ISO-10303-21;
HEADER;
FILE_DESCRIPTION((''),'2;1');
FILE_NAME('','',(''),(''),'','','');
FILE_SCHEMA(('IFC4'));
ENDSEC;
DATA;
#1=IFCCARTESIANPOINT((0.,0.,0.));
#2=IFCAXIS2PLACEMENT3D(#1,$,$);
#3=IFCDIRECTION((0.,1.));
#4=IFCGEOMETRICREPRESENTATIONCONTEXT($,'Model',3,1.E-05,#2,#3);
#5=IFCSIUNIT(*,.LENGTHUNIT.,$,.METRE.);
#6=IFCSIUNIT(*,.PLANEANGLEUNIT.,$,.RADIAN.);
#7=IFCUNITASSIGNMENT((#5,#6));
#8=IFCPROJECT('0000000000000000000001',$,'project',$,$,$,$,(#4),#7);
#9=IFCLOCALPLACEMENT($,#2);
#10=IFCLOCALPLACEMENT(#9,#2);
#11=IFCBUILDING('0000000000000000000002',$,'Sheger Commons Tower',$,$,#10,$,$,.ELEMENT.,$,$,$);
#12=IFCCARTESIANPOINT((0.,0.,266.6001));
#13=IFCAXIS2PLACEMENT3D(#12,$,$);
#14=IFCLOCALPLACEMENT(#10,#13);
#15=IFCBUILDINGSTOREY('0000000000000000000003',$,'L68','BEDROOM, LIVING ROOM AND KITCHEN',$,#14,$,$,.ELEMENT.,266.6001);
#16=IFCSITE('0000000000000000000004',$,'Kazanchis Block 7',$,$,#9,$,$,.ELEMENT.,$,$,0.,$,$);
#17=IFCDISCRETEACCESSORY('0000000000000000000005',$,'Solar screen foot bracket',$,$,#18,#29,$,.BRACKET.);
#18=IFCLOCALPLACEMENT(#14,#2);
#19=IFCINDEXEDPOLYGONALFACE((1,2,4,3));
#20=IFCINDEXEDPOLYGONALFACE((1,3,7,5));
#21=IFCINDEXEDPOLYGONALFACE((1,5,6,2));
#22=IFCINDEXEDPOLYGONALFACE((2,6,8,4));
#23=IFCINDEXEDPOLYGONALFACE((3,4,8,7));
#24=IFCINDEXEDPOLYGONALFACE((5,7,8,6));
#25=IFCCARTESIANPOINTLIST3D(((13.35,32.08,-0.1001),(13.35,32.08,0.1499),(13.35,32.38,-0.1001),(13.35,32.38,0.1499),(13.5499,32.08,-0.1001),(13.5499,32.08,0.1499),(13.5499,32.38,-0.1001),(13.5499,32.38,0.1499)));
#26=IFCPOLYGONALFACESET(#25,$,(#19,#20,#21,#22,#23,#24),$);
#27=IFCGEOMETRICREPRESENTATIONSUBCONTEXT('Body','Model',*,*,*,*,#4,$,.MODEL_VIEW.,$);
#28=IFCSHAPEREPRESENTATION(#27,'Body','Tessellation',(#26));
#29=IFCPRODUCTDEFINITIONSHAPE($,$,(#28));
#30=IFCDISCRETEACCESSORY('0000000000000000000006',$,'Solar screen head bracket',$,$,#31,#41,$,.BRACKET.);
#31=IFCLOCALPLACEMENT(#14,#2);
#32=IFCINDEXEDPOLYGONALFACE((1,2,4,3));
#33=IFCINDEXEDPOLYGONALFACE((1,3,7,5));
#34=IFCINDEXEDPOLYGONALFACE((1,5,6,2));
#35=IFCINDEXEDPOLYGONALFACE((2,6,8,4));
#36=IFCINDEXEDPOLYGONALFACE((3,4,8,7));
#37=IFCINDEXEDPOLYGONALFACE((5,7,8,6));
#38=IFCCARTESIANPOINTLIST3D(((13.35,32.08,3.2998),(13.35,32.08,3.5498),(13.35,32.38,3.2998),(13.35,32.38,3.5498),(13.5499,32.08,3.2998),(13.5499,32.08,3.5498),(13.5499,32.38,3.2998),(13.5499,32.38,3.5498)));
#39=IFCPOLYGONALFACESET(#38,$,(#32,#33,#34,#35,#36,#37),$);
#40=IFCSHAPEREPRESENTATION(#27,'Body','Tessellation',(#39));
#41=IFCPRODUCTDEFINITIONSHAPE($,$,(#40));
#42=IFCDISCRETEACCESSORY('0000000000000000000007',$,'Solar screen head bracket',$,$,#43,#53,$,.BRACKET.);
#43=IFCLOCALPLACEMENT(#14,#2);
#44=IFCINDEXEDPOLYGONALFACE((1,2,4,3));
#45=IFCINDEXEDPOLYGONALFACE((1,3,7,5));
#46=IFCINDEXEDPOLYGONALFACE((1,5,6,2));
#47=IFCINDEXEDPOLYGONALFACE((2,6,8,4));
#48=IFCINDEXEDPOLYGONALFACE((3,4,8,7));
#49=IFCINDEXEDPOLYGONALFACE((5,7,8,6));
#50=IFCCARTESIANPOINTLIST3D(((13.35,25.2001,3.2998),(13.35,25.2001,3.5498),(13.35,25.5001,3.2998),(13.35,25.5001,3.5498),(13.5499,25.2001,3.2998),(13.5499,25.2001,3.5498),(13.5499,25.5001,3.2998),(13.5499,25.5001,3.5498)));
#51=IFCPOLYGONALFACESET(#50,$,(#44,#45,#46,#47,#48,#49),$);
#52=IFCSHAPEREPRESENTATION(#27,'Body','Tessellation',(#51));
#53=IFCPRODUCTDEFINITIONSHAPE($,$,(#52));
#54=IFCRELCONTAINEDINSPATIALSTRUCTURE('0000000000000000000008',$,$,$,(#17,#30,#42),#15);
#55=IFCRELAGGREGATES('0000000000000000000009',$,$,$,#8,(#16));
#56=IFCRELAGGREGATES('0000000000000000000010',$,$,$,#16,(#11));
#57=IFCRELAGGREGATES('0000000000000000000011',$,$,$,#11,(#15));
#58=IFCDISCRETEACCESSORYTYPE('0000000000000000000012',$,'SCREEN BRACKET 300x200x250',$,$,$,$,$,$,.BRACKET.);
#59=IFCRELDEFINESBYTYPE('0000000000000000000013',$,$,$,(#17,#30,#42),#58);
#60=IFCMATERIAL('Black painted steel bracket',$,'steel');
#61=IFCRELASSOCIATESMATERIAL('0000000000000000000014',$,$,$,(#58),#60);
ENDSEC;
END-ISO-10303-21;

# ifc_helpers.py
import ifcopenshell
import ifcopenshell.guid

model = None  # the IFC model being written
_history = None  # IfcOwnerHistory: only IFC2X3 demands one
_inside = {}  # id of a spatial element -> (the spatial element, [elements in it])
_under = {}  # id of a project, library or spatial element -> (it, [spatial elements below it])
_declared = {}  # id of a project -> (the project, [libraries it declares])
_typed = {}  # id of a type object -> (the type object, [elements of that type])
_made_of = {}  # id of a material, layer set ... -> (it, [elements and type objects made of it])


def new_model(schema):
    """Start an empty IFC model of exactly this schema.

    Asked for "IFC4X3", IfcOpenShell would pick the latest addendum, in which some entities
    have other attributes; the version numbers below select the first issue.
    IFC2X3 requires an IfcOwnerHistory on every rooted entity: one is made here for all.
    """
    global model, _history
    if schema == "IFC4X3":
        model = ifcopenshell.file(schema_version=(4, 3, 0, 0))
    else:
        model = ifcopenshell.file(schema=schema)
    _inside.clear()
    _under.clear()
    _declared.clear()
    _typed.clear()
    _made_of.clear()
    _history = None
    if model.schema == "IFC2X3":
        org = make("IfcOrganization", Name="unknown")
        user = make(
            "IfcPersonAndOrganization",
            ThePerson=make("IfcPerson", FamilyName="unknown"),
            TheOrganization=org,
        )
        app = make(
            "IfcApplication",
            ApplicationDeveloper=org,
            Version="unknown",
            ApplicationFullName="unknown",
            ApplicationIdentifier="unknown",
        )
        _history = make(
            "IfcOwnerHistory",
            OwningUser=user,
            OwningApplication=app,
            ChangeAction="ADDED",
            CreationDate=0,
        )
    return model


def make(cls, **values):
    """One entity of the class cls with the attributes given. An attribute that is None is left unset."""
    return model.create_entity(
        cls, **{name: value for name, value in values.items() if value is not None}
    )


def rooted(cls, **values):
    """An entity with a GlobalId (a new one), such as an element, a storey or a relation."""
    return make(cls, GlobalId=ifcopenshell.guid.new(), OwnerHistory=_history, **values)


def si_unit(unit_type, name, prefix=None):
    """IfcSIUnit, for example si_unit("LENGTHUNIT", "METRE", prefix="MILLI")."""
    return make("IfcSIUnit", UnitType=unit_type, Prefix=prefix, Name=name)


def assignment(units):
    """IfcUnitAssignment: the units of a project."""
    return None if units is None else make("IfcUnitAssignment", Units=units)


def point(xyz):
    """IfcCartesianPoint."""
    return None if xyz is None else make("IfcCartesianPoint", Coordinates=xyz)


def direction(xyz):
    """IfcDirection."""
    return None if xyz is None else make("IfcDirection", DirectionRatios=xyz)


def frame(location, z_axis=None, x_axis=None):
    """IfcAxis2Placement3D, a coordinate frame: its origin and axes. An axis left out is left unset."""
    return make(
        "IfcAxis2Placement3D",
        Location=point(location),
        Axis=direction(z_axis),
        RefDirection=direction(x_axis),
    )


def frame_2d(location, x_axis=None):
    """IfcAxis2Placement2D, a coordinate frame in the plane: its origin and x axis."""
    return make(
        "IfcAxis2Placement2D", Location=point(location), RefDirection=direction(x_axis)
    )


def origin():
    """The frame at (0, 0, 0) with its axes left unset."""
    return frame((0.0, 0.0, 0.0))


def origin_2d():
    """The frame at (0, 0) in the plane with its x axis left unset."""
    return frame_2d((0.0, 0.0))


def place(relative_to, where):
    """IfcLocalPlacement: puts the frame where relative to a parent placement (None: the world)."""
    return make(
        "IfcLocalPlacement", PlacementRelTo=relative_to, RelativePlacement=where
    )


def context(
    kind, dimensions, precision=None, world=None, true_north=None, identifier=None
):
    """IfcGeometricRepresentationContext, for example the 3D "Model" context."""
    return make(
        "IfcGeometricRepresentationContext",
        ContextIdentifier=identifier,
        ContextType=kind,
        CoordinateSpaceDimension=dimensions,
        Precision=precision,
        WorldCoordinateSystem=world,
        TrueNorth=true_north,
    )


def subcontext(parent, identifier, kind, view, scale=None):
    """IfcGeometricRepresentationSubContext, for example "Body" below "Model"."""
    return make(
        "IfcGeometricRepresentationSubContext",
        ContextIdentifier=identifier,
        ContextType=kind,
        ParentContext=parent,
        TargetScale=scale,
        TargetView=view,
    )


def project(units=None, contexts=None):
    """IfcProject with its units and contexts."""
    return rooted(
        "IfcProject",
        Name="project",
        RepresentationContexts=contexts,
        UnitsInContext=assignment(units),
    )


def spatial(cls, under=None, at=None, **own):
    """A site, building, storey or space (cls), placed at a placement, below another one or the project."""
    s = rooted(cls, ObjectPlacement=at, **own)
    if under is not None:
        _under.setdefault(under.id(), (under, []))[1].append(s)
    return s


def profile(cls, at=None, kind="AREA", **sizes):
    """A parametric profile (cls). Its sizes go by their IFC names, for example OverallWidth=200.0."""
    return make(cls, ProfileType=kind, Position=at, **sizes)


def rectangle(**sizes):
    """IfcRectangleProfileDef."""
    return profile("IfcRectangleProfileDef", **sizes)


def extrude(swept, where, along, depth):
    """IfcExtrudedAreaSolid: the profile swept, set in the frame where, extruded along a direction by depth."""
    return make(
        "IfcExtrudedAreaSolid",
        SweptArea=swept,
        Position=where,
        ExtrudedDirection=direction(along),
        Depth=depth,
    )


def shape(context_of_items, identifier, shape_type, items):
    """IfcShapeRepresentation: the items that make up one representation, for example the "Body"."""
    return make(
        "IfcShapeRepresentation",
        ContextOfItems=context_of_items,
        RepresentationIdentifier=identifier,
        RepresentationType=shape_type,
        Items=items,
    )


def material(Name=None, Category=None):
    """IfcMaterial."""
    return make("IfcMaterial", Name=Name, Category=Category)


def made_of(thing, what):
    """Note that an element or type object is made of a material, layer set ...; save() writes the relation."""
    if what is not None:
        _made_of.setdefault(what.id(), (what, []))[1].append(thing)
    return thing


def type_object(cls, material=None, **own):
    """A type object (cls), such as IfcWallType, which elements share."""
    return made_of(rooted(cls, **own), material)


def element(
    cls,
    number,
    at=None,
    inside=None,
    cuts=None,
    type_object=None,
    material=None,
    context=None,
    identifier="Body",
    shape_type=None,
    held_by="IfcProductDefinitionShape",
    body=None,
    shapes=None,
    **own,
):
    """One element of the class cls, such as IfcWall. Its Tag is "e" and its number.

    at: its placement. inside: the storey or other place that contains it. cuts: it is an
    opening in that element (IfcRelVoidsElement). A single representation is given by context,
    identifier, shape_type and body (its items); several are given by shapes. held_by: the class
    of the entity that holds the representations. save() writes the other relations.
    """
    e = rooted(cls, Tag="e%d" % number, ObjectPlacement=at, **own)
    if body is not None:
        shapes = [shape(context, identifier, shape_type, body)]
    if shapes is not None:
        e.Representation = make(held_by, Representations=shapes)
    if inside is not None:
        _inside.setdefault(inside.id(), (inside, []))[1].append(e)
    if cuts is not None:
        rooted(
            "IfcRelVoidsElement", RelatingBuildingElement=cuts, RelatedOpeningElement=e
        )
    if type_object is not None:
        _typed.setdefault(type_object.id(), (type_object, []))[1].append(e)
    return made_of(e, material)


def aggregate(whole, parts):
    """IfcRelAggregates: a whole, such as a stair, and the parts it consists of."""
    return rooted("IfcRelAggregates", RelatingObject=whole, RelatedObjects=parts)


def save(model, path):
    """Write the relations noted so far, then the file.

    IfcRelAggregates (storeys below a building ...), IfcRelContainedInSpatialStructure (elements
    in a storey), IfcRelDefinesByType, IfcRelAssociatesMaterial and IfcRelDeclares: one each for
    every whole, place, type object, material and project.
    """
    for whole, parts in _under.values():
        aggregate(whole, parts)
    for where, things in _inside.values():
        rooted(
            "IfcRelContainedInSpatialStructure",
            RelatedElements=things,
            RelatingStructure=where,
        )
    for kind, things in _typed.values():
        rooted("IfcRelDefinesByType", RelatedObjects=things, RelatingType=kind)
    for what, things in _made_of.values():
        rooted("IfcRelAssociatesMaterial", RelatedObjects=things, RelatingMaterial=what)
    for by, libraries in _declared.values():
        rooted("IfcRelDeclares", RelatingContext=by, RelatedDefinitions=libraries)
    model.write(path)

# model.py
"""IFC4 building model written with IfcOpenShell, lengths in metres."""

from ifc_helpers import new_model, si_unit, direction, frame, origin, origin_2d, place, context, subcontext, project, spatial, rectangle, extrude, material, type_object, element, save


model = new_model("IFC4")

# Units and contexts
model_context = context("Model", 3, precision=1e-05, world=origin(), true_north=direction((0.0, 1.0)))
body_context = subcontext(model_context, "Body", "Model", "MODEL_VIEW")
ifc_project = project(units=[si_unit("LENGTHUNIT", "METRE"), si_unit("PLANEANGLEUNIT", "RADIAN")], contexts=[model_context])

# Site, building, storey
site_placement = place(None, origin())
site = spatial("IfcSite", under=ifc_project, at=site_placement, Name="Kazanchis Block 7", CompositionType="ELEMENT", RefElevation=0.0)
building_placement = place(site_placement, origin())
building = spatial("IfcBuilding", under=site, at=building_placement, Name="Sheger Commons Tower", CompositionType="ELEMENT")
storey_placement = place(building_placement, frame((0.0, 0.0, 266.6001)))
storey = spatial("IfcBuildingStorey", under=building, at=storey_placement, Name="L68", Description="BEDROOM, LIVING ROOM AND KITCHEN", CompositionType="ELEMENT", Elevation=266.6001)

# Discrete accessories
ifc_material_1 = material(Name="Black painted steel bracket", Category="steel")
discrete_accessory_type = type_object("IfcDiscreteAccessoryType", Name="SCREEN BRACKET 300x200x250", PredefinedType="BRACKET", material=ifc_material_1)
for number, where, z_axis, x_axis, name in (
    (1, (13.45, 32.23, -0.1001), (0.0, 0.0, 1.0), (0.0, -1.0, 0.0), "Solar screen foot bracket"),
    (2, (13.45, 32.23, 3.2998), (0.0, 0.0, 1.0), (0.0, -1.0, 0.0), "Solar screen head bracket"),
    (3, (13.45, 25.3501, 3.2998), (0.0, 0.0, 1.0), (0.0, -1.0, 0.0), "Solar screen head bracket"),
):
    element("IfcDiscreteAccessory", number, at=place(storey_placement, frame(where, z_axis=z_axis, x_axis=x_axis)), inside=storey, type_object=discrete_accessory_type, Name=name, PredefinedType="BRACKET", context=body_context, shape_type="SweptSolid", body=[
        extrude(rectangle(XDim=0.3, YDim=0.2, at=origin_2d()), origin(), (0.0, 0.0, 1.0), 0.25),
    ])

save(model, "model.ifc")
